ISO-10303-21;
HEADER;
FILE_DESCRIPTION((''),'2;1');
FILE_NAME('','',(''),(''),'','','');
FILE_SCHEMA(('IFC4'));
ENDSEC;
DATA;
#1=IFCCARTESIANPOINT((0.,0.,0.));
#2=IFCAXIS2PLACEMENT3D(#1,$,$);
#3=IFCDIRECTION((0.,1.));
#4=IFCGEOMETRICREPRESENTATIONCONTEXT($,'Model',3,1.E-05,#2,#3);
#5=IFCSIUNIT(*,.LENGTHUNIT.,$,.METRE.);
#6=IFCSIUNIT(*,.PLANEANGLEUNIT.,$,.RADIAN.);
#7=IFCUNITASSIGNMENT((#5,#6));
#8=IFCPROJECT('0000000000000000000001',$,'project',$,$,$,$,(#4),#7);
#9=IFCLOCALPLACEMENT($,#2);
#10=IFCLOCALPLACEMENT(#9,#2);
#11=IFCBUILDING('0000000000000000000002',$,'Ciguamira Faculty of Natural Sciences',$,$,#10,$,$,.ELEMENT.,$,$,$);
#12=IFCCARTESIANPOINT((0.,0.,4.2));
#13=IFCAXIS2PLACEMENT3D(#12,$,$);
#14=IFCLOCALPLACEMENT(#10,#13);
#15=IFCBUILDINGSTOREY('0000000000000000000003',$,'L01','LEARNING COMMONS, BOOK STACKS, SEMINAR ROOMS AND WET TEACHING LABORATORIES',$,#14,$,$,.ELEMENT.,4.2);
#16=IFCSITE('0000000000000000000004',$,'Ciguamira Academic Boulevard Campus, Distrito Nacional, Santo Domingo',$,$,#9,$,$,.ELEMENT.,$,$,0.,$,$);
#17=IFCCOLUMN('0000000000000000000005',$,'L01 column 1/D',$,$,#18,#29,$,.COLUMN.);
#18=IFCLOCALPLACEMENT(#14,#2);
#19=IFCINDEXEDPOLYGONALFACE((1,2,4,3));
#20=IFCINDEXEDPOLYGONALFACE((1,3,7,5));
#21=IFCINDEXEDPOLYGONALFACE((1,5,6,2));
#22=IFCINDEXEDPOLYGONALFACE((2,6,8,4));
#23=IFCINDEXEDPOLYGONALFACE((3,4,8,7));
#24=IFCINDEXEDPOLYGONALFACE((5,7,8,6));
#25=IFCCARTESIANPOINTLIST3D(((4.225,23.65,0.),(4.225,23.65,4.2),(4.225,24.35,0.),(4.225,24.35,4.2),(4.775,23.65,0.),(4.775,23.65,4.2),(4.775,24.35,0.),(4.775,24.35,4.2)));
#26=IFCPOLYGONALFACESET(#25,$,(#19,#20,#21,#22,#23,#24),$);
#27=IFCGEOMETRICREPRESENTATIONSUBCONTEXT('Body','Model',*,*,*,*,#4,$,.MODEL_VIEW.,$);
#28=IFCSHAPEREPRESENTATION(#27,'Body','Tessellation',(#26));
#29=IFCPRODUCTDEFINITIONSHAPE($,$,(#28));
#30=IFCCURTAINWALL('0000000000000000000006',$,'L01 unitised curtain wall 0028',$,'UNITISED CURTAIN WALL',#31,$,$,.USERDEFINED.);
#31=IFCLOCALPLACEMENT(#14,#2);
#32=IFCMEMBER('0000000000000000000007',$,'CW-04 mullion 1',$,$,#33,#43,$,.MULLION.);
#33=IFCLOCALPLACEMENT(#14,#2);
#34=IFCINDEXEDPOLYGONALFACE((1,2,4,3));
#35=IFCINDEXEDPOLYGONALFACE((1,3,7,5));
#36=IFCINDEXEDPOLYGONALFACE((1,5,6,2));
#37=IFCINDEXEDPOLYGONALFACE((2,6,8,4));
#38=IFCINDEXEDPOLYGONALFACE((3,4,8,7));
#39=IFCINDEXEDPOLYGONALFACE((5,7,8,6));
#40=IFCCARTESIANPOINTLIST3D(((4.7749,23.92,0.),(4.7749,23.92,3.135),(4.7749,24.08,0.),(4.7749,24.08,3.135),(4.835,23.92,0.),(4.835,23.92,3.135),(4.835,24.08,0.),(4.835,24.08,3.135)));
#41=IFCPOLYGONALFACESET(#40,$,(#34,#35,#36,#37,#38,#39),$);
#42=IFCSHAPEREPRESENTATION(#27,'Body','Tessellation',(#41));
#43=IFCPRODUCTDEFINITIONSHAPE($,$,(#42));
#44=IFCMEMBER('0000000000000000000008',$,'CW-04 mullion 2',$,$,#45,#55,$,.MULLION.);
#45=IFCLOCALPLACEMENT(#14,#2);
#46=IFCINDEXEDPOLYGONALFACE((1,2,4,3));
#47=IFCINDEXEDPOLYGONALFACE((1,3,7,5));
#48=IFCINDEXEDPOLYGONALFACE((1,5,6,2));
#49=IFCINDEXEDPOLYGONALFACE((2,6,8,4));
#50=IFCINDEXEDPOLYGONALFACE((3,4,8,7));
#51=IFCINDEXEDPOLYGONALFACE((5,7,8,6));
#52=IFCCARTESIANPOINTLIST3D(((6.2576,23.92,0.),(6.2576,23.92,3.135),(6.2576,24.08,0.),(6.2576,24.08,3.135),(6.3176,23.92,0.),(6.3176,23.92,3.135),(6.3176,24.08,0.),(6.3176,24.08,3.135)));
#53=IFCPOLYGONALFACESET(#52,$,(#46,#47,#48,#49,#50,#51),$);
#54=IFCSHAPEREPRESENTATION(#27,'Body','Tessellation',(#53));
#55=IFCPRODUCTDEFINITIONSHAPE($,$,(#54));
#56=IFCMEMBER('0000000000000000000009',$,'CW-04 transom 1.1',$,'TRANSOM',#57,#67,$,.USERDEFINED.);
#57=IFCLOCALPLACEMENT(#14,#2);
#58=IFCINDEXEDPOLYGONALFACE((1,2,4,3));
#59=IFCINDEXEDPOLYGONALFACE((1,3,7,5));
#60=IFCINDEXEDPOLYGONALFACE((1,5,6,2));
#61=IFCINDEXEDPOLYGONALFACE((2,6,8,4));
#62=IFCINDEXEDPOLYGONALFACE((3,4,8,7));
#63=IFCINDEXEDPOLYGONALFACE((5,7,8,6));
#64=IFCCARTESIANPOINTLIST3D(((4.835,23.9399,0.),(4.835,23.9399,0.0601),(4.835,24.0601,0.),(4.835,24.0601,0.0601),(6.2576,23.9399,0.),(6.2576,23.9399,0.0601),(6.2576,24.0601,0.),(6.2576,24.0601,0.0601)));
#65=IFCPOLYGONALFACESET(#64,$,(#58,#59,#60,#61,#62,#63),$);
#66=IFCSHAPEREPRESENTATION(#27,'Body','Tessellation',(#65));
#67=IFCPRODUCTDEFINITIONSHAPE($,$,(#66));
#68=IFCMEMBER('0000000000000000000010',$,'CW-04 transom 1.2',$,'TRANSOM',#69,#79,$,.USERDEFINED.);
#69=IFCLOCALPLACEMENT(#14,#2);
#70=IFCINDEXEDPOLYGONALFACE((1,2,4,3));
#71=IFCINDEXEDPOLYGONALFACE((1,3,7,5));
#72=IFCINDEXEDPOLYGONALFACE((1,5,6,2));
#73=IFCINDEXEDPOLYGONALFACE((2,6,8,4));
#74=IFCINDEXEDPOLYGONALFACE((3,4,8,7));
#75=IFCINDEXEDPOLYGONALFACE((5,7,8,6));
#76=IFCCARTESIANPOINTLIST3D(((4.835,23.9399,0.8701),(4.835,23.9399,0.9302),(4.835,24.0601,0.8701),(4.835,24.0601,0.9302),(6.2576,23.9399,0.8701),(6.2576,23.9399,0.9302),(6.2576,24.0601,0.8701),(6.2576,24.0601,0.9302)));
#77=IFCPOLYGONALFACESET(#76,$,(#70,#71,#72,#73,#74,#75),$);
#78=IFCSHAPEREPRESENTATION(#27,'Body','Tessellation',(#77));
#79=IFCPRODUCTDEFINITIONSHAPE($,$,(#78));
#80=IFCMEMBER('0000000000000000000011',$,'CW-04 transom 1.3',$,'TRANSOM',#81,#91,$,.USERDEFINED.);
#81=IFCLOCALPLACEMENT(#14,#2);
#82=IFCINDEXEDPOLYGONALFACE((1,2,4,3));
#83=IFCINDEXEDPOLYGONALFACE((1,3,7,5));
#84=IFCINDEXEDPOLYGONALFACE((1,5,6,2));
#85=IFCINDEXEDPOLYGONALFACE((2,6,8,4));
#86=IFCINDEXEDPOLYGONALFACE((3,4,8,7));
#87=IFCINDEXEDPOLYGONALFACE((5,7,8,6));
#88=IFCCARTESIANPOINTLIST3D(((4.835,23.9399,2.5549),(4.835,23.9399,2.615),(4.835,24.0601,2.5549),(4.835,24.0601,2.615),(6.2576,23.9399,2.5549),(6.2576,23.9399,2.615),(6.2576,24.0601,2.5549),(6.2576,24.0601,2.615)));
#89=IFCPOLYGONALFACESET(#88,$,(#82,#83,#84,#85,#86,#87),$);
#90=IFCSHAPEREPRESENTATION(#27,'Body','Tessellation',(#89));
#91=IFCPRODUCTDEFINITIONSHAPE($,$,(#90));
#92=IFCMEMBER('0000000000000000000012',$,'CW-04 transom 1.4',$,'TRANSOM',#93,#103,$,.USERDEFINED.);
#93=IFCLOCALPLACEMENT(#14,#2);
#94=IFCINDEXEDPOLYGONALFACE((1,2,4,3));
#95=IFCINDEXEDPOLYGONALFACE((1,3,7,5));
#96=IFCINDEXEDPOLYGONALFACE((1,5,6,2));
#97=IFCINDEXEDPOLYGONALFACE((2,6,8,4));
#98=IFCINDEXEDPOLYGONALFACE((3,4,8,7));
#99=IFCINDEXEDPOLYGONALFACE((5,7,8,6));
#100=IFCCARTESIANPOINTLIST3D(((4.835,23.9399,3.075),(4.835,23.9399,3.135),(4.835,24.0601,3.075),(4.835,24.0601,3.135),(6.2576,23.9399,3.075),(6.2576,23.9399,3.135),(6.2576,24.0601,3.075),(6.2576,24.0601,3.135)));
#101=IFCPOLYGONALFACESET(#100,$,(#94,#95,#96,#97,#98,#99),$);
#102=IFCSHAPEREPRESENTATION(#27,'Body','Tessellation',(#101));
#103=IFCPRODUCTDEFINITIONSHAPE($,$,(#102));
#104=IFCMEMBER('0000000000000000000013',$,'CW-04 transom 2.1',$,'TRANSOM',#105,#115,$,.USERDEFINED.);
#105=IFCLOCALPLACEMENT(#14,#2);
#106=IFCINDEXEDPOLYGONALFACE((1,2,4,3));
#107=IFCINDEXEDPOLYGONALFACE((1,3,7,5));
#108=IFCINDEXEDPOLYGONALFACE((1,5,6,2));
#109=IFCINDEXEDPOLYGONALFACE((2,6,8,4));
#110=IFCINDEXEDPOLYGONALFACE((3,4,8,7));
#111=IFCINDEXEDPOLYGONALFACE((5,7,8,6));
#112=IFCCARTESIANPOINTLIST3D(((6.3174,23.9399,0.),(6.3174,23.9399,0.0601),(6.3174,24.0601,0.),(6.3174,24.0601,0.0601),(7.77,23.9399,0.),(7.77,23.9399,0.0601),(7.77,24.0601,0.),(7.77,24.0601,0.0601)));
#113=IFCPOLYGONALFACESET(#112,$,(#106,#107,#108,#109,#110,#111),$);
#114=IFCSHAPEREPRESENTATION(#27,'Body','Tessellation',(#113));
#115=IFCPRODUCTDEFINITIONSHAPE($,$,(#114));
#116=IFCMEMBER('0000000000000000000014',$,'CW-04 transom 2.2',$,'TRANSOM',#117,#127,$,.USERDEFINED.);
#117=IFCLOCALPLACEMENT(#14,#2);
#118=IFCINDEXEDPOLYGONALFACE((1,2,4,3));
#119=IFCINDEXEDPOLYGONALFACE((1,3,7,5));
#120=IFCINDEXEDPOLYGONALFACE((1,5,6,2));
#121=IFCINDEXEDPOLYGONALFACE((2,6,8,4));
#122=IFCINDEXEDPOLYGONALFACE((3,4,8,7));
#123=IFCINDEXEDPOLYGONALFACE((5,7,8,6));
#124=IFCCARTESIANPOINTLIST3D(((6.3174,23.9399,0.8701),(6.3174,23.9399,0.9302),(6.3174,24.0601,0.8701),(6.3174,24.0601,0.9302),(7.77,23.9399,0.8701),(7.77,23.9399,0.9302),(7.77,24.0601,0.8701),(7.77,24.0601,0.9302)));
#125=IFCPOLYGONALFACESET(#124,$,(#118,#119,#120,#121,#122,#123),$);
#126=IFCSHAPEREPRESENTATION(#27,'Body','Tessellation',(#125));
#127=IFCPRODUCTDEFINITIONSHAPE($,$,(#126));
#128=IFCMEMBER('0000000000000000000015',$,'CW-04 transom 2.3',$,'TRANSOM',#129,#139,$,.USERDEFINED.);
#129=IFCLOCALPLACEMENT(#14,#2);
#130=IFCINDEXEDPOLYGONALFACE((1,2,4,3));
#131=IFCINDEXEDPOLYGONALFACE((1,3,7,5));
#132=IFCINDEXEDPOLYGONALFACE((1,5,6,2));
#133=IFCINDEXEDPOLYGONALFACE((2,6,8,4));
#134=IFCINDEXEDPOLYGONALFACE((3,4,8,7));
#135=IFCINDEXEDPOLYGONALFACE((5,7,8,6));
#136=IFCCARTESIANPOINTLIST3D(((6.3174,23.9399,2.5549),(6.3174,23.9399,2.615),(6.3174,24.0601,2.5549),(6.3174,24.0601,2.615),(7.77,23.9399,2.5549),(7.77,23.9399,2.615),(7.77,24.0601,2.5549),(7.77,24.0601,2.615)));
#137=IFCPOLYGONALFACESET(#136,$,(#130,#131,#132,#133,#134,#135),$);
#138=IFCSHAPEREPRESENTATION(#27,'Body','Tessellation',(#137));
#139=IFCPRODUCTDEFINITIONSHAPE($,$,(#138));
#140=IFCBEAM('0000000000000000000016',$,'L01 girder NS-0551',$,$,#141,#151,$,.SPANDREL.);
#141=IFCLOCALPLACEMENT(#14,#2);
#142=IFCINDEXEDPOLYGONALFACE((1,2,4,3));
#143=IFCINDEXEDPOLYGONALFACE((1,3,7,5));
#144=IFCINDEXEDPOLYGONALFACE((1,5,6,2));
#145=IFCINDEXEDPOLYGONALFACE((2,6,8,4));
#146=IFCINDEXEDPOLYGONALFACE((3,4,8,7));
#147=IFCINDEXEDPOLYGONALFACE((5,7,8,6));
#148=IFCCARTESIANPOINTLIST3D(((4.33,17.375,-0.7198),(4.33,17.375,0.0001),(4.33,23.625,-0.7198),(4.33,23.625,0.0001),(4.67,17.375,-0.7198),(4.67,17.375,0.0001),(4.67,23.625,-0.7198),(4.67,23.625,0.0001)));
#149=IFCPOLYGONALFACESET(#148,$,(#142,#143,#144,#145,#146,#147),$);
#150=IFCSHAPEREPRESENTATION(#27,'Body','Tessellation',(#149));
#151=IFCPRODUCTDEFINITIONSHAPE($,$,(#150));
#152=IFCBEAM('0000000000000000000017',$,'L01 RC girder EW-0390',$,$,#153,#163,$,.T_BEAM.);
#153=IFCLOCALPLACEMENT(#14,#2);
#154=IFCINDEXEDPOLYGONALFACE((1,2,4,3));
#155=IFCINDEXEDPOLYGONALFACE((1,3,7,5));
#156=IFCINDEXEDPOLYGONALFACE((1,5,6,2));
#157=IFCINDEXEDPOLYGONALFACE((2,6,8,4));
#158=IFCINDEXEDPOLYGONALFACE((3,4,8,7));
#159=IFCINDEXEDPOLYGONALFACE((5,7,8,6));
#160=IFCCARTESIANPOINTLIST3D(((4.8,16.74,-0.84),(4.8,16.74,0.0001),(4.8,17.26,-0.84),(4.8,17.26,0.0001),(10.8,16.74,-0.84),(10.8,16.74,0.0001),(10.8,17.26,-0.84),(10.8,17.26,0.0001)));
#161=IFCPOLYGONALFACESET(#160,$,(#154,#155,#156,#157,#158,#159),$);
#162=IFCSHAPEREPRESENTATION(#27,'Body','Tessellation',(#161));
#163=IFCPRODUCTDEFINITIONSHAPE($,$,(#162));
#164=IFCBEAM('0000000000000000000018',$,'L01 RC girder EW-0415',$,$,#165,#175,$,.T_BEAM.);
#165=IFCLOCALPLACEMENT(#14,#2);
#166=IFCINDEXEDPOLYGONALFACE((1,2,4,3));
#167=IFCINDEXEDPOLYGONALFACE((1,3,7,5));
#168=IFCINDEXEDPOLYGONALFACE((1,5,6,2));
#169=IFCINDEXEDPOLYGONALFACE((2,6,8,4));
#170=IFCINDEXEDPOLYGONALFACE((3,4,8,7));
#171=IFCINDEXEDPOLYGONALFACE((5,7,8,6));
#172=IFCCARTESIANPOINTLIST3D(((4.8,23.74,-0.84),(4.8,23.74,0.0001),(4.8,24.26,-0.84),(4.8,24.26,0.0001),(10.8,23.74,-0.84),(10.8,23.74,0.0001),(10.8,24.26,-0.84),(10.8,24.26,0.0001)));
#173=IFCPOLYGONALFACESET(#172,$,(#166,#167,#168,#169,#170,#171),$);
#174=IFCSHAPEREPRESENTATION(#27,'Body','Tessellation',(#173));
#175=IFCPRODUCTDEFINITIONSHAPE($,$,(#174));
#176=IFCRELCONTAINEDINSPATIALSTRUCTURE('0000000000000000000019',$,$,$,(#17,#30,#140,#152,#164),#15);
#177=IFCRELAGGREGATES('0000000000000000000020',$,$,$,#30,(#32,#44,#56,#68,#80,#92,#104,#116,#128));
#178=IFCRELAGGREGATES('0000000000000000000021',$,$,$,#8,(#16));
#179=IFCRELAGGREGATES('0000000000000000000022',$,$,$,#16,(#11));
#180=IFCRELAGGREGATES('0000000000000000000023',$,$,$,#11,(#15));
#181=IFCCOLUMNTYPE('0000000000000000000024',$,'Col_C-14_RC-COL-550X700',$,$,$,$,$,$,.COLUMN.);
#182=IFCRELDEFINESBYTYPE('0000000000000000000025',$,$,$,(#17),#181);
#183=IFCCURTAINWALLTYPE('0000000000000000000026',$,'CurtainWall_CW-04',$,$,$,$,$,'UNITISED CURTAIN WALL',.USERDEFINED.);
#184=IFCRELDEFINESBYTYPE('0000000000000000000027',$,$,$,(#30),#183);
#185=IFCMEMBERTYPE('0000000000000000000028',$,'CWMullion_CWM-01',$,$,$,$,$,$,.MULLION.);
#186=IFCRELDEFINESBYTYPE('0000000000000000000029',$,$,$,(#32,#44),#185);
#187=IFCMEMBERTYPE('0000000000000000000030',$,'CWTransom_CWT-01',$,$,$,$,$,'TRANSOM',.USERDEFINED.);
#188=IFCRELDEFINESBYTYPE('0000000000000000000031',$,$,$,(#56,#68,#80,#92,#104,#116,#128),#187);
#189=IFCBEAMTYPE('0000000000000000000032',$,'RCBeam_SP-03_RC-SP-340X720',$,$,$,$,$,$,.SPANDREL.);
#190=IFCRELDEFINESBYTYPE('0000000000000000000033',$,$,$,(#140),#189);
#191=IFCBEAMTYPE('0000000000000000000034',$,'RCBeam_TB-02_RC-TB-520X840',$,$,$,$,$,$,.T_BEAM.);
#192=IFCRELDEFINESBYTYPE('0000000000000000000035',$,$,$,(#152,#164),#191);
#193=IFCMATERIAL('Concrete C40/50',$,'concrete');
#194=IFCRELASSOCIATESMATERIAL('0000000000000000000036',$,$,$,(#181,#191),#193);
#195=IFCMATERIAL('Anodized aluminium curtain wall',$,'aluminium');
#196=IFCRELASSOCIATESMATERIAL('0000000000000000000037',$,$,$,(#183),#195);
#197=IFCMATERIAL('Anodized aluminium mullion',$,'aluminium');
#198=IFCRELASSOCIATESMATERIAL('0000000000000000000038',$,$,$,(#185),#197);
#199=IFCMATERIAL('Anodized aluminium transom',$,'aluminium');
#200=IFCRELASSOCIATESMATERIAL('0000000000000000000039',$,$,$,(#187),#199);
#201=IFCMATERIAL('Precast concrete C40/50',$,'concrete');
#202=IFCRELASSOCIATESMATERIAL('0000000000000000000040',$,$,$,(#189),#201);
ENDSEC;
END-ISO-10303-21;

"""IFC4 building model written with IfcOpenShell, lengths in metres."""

from ifc_helpers import new_model, si_unit, direction, frame, origin, origin_2d, place, context, subcontext, project, spatial, rectangle, extrude, material, material_profile, profile_set, type_object, element, aggregate, save


model = new_model("IFC4")

# Units and contexts
model_context = context("Model", 3, precision=1e-05, world=origin(), true_north=direction((0.0, 1.0)))
body_context = subcontext(model_context, "Body", "Model", "MODEL_VIEW")
ifc_project = project(units=[si_unit("LENGTHUNIT", "METRE"), si_unit("PLANEANGLEUNIT", "RADIAN")], contexts=[model_context])

# Site, building, storey
site_placement = place(None, origin())
site = spatial("IfcSite", under=ifc_project, at=site_placement, Name="Ciguamira Academic Boulevard Campus, Distrito Nacional, Santo Domingo", CompositionType="ELEMENT", RefElevation=0.0)
building_placement = place(site_placement, origin())
building = spatial("IfcBuilding", under=site, at=building_placement, Name="Ciguamira Faculty of Natural Sciences", CompositionType="ELEMENT")
storey_placement = place(building_placement, frame((0.0, 0.0, 4.2)))
storey = spatial("IfcBuildingStorey", under=building, at=storey_placement, Name="L01", Description="LEARNING COMMONS, BOOK STACKS, SEMINAR ROOMS AND WET TEACHING LABORATORIES", CompositionType="ELEMENT", Elevation=4.2)

# Column
ifc_material_1 = material(Name="Concrete C40/50", Category="concrete")
ifc_material_profile_1 = material_profile(ifc_material_1, rectangle(XDim=0.55, YDim=0.7, at=origin_2d()), Name="RC-COL-550X700")
ifc_profile_set_1 = profile_set([ifc_material_profile_1], Name="Concrete C40/50")
column_type = type_object("IfcColumnType", Name="Col_C-14_RC-COL-550X700", PredefinedType="COLUMN", material=ifc_profile_set_1)
column_placement = place(storey_placement, frame((4.5, 24.0, 0.0), z_axis=(0.0, 0.0, 1.0), x_axis=(1.0, 0.0, 0.0)))
element("IfcColumn", 1, at=column_placement, inside=storey, type_object=column_type, Name="L01 column 1/D", PredefinedType="COLUMN", context=body_context, shape_type="SweptSolid", body=[
    extrude(rectangle(XDim=0.55, YDim=0.7, at=origin_2d()), origin(), (0.0, 0.0, 1.0), 4.2),
])

# Curtain wall, members
ifc_material_2 = material(Name="Anodized aluminium curtain wall", Category="aluminium")
curtain_wall_type = type_object("IfcCurtainWallType", Name="CurtainWall_CW-04", ElementType="UNITISED CURTAIN WALL", PredefinedType="USERDEFINED", material=ifc_material_2)
curtain_wall_placement = place(storey_placement, origin())
curtain_wall = element("IfcCurtainWall", 2, at=curtain_wall_placement, inside=storey, type_object=curtain_wall_type, Name="L01 unitised curtain wall 0028", ObjectType="UNITISED CURTAIN WALL", PredefinedType="USERDEFINED")
ifc_material_3 = material(Name="Anodized aluminium mullion", Category="aluminium")
ifc_material_profile_2 = material_profile(ifc_material_3, rectangle(XDim=0.0601, YDim=0.1599, at=origin_2d()), Name="ALU-MUL-60X160")
ifc_profile_set_2 = profile_set([ifc_material_profile_2], Name="Anodized aluminium mullion")
member_type_1 = type_object("IfcMemberType", Name="CWMullion_CWM-01", PredefinedType="MULLION", material=ifc_profile_set_2)
member_1_placement = place(storey_placement, frame((4.8049, 24.0, 0.0), z_axis=(0.0, 0.0, 1.0), x_axis=(1.0, 0.0, 0.0)))
member_1 = element("IfcMember", 3, at=member_1_placement, type_object=member_type_1, Name="CW-04 mullion 1", PredefinedType="MULLION", context=body_context, shape_type="SweptSolid", body=[
    extrude(rectangle(XDim=0.0601, YDim=0.1599, at=origin_2d()), origin(), (0.0, 0.0, 1.0), 3.135),
])
member_2_placement = place(storey_placement, frame((6.2876, 24.0, 0.0), z_axis=(0.0, 0.0, 1.0), x_axis=(1.0, 0.0, 0.0)))
member_2 = element("IfcMember", 4, at=member_2_placement, type_object=member_type_1, Name="CW-04 mullion 2", PredefinedType="MULLION", context=body_context, shape_type="SweptSolid", body=[
    extrude(rectangle(XDim=0.0601, YDim=0.1599, at=origin_2d()), origin(), (0.0, 0.0, 1.0), 3.135),
])
ifc_material_4 = material(Name="Anodized aluminium transom", Category="aluminium")
ifc_material_profile_3 = material_profile(ifc_material_4, rectangle(XDim=0.0601, YDim=0.1201, at=origin_2d()), Name="ALU-TRN-60X120")
ifc_profile_set_3 = profile_set([ifc_material_profile_3], Name="Anodized aluminium transom")
member_type_2 = type_object("IfcMemberType", Name="CWTransom_CWT-01", ElementType="TRANSOM", PredefinedType="USERDEFINED", material=ifc_profile_set_3)
member_3_placement = place(storey_placement, frame((4.835, 24.0, 0.03), z_axis=(1.0, 0.0, 0.0), x_axis=(0.0, 0.0, 1.0)))
member_3 = element("IfcMember", 5, at=member_3_placement, type_object=member_type_2, Name="CW-04 transom 1.1", ObjectType="TRANSOM", PredefinedType="USERDEFINED", context=body_context, shape_type="SweptSolid", body=[
    extrude(rectangle(XDim=0.0601, YDim=0.1201, at=origin_2d()), origin(), (0.0, 0.0, 1.0), 1.4226),
])
member_4_placement = place(storey_placement, frame((4.835, 24.0, 0.9001), z_axis=(1.0, 0.0, 0.0), x_axis=(0.0, 0.0, 1.0)))
member_4 = element("IfcMember", 6, at=member_4_placement, type_object=member_type_2, Name="CW-04 transom 1.2", ObjectType="TRANSOM", PredefinedType="USERDEFINED", context=body_context, shape_type="SweptSolid", body=[
    extrude(rectangle(XDim=0.0601, YDim=0.1201, at=origin_2d()), origin(), (0.0, 0.0, 1.0), 1.4226),
])
member_5_placement = place(storey_placement, frame((4.835, 24.0, 2.585), z_axis=(1.0, 0.0, 0.0), x_axis=(0.0, 0.0, 1.0)))
member_5 = element("IfcMember", 7, at=member_5_placement, type_object=member_type_2, Name="CW-04 transom 1.3", ObjectType="TRANSOM", PredefinedType="USERDEFINED", context=body_context, shape_type="SweptSolid", body=[
    extrude(rectangle(XDim=0.0601, YDim=0.1201, at=origin_2d()), origin(), (0.0, 0.0, 1.0), 1.4226),
])
member_6_placement = place(storey_placement, frame((4.835, 24.0, 3.105), z_axis=(1.0, 0.0, 0.0), x_axis=(0.0, 0.0, 1.0)))
member_6 = element("IfcMember", 8, at=member_6_placement, type_object=member_type_2, Name="CW-04 transom 1.4", ObjectType="TRANSOM", PredefinedType="USERDEFINED", context=body_context, shape_type="SweptSolid", body=[
    extrude(rectangle(XDim=0.0601, YDim=0.1201, at=origin_2d()), origin(), (0.0, 0.0, 1.0), 1.4226),
])
member_7_placement = place(storey_placement, frame((6.3174, 24.0, 0.03), z_axis=(1.0, 0.0, 0.0), x_axis=(0.0, 0.0, 1.0)))
member_7 = element("IfcMember", 9, at=member_7_placement, type_object=member_type_2, Name="CW-04 transom 2.1", ObjectType="TRANSOM", PredefinedType="USERDEFINED", context=body_context, shape_type="SweptSolid", body=[
    extrude(rectangle(XDim=0.0601, YDim=0.1201, at=origin_2d()), origin(), (0.0, 0.0, 1.0), 1.4526),
])
member_8_placement = place(storey_placement, frame((6.3174, 24.0, 0.9001), z_axis=(1.0, 0.0, 0.0), x_axis=(0.0, 0.0, 1.0)))
member_8 = element("IfcMember", 10, at=member_8_placement, type_object=member_type_2, Name="CW-04 transom 2.2", ObjectType="TRANSOM", PredefinedType="USERDEFINED", context=body_context, shape_type="SweptSolid", body=[
    extrude(rectangle(XDim=0.0601, YDim=0.1201, at=origin_2d()), origin(), (0.0, 0.0, 1.0), 1.4526),
])
member_9_placement = place(storey_placement, frame((6.3174, 24.0, 2.585), z_axis=(1.0, 0.0, 0.0), x_axis=(0.0, 0.0, 1.0)))
member_9 = element("IfcMember", 11, at=member_9_placement, type_object=member_type_2, Name="CW-04 transom 2.3", ObjectType="TRANSOM", PredefinedType="USERDEFINED", context=body_context, shape_type="SweptSolid", body=[
    extrude(rectangle(XDim=0.0601, YDim=0.1201, at=origin_2d()), origin(), (0.0, 0.0, 1.0), 1.4526),
])

# Beams
ifc_material_5 = material(Name="Precast concrete C40/50", Category="concrete")
ifc_material_profile_4 = material_profile(ifc_material_5, rectangle(XDim=0.3401, YDim=0.72, at=origin_2d()), Name="RC-SP-340X720")
ifc_profile_set_4 = profile_set([ifc_material_profile_4], Name="Precast concrete C40/50")
beam_type_1 = type_object("IfcBeamType", Name="RCBeam_SP-03_RC-SP-340X720", PredefinedType="SPANDREL", material=ifc_profile_set_4)
beam_1_placement = place(storey_placement, frame((4.5, 17.375, -0.3599), z_axis=(0.0, 1.0, 0.0), x_axis=(-1.0, 0.0, 0.0)))
element("IfcBeam", 12, at=beam_1_placement, inside=storey, type_object=beam_type_1, Name="L01 girder NS-0551", PredefinedType="SPANDREL", context=body_context, shape_type="SweptSolid", body=[
    extrude(rectangle(XDim=0.3401, YDim=0.72, at=origin_2d()), origin(), (0.0, 0.0, 1.0), 6.25),
])
ifc_material_profile_5 = material_profile(ifc_material_1, rectangle(XDim=0.52, YDim=0.8401, at=origin_2d()), Name="RC-TB-520X840")
ifc_profile_set_5 = profile_set([ifc_material_profile_5], Name="Concrete C40/50")
beam_type_2 = type_object("IfcBeamType", Name="RCBeam_TB-02_RC-TB-520X840", PredefinedType="T_BEAM", material=ifc_profile_set_5)
for number, where, z_axis, x_axis, name in (
    (13, (4.8, 17.0, -0.4199), (1.0, 0.0, 0.0), (0.0, 1.0, 0.0), "L01 RC girder EW-0390"),
    (14, (4.8, 24.0, -0.4199), (1.0, 0.0, 0.0), (0.0, 1.0, 0.0), "L01 RC girder EW-0415"),
):
    element("IfcBeam", number, at=place(storey_placement, frame(where, z_axis=z_axis, x_axis=x_axis)), inside=storey, type_object=beam_type_2, Name=name, PredefinedType="T_BEAM", context=body_context, shape_type="SweptSolid", body=[
        extrude(rectangle(XDim=0.52, YDim=0.8401, at=origin_2d()), origin(), (0.0, 0.0, 1.0), 6.0),
    ])

aggregate(curtain_wall, [member_1, member_2, member_3, member_4, member_5, member_6, member_7, member_8, member_9])

save(model, "model.ifc")
